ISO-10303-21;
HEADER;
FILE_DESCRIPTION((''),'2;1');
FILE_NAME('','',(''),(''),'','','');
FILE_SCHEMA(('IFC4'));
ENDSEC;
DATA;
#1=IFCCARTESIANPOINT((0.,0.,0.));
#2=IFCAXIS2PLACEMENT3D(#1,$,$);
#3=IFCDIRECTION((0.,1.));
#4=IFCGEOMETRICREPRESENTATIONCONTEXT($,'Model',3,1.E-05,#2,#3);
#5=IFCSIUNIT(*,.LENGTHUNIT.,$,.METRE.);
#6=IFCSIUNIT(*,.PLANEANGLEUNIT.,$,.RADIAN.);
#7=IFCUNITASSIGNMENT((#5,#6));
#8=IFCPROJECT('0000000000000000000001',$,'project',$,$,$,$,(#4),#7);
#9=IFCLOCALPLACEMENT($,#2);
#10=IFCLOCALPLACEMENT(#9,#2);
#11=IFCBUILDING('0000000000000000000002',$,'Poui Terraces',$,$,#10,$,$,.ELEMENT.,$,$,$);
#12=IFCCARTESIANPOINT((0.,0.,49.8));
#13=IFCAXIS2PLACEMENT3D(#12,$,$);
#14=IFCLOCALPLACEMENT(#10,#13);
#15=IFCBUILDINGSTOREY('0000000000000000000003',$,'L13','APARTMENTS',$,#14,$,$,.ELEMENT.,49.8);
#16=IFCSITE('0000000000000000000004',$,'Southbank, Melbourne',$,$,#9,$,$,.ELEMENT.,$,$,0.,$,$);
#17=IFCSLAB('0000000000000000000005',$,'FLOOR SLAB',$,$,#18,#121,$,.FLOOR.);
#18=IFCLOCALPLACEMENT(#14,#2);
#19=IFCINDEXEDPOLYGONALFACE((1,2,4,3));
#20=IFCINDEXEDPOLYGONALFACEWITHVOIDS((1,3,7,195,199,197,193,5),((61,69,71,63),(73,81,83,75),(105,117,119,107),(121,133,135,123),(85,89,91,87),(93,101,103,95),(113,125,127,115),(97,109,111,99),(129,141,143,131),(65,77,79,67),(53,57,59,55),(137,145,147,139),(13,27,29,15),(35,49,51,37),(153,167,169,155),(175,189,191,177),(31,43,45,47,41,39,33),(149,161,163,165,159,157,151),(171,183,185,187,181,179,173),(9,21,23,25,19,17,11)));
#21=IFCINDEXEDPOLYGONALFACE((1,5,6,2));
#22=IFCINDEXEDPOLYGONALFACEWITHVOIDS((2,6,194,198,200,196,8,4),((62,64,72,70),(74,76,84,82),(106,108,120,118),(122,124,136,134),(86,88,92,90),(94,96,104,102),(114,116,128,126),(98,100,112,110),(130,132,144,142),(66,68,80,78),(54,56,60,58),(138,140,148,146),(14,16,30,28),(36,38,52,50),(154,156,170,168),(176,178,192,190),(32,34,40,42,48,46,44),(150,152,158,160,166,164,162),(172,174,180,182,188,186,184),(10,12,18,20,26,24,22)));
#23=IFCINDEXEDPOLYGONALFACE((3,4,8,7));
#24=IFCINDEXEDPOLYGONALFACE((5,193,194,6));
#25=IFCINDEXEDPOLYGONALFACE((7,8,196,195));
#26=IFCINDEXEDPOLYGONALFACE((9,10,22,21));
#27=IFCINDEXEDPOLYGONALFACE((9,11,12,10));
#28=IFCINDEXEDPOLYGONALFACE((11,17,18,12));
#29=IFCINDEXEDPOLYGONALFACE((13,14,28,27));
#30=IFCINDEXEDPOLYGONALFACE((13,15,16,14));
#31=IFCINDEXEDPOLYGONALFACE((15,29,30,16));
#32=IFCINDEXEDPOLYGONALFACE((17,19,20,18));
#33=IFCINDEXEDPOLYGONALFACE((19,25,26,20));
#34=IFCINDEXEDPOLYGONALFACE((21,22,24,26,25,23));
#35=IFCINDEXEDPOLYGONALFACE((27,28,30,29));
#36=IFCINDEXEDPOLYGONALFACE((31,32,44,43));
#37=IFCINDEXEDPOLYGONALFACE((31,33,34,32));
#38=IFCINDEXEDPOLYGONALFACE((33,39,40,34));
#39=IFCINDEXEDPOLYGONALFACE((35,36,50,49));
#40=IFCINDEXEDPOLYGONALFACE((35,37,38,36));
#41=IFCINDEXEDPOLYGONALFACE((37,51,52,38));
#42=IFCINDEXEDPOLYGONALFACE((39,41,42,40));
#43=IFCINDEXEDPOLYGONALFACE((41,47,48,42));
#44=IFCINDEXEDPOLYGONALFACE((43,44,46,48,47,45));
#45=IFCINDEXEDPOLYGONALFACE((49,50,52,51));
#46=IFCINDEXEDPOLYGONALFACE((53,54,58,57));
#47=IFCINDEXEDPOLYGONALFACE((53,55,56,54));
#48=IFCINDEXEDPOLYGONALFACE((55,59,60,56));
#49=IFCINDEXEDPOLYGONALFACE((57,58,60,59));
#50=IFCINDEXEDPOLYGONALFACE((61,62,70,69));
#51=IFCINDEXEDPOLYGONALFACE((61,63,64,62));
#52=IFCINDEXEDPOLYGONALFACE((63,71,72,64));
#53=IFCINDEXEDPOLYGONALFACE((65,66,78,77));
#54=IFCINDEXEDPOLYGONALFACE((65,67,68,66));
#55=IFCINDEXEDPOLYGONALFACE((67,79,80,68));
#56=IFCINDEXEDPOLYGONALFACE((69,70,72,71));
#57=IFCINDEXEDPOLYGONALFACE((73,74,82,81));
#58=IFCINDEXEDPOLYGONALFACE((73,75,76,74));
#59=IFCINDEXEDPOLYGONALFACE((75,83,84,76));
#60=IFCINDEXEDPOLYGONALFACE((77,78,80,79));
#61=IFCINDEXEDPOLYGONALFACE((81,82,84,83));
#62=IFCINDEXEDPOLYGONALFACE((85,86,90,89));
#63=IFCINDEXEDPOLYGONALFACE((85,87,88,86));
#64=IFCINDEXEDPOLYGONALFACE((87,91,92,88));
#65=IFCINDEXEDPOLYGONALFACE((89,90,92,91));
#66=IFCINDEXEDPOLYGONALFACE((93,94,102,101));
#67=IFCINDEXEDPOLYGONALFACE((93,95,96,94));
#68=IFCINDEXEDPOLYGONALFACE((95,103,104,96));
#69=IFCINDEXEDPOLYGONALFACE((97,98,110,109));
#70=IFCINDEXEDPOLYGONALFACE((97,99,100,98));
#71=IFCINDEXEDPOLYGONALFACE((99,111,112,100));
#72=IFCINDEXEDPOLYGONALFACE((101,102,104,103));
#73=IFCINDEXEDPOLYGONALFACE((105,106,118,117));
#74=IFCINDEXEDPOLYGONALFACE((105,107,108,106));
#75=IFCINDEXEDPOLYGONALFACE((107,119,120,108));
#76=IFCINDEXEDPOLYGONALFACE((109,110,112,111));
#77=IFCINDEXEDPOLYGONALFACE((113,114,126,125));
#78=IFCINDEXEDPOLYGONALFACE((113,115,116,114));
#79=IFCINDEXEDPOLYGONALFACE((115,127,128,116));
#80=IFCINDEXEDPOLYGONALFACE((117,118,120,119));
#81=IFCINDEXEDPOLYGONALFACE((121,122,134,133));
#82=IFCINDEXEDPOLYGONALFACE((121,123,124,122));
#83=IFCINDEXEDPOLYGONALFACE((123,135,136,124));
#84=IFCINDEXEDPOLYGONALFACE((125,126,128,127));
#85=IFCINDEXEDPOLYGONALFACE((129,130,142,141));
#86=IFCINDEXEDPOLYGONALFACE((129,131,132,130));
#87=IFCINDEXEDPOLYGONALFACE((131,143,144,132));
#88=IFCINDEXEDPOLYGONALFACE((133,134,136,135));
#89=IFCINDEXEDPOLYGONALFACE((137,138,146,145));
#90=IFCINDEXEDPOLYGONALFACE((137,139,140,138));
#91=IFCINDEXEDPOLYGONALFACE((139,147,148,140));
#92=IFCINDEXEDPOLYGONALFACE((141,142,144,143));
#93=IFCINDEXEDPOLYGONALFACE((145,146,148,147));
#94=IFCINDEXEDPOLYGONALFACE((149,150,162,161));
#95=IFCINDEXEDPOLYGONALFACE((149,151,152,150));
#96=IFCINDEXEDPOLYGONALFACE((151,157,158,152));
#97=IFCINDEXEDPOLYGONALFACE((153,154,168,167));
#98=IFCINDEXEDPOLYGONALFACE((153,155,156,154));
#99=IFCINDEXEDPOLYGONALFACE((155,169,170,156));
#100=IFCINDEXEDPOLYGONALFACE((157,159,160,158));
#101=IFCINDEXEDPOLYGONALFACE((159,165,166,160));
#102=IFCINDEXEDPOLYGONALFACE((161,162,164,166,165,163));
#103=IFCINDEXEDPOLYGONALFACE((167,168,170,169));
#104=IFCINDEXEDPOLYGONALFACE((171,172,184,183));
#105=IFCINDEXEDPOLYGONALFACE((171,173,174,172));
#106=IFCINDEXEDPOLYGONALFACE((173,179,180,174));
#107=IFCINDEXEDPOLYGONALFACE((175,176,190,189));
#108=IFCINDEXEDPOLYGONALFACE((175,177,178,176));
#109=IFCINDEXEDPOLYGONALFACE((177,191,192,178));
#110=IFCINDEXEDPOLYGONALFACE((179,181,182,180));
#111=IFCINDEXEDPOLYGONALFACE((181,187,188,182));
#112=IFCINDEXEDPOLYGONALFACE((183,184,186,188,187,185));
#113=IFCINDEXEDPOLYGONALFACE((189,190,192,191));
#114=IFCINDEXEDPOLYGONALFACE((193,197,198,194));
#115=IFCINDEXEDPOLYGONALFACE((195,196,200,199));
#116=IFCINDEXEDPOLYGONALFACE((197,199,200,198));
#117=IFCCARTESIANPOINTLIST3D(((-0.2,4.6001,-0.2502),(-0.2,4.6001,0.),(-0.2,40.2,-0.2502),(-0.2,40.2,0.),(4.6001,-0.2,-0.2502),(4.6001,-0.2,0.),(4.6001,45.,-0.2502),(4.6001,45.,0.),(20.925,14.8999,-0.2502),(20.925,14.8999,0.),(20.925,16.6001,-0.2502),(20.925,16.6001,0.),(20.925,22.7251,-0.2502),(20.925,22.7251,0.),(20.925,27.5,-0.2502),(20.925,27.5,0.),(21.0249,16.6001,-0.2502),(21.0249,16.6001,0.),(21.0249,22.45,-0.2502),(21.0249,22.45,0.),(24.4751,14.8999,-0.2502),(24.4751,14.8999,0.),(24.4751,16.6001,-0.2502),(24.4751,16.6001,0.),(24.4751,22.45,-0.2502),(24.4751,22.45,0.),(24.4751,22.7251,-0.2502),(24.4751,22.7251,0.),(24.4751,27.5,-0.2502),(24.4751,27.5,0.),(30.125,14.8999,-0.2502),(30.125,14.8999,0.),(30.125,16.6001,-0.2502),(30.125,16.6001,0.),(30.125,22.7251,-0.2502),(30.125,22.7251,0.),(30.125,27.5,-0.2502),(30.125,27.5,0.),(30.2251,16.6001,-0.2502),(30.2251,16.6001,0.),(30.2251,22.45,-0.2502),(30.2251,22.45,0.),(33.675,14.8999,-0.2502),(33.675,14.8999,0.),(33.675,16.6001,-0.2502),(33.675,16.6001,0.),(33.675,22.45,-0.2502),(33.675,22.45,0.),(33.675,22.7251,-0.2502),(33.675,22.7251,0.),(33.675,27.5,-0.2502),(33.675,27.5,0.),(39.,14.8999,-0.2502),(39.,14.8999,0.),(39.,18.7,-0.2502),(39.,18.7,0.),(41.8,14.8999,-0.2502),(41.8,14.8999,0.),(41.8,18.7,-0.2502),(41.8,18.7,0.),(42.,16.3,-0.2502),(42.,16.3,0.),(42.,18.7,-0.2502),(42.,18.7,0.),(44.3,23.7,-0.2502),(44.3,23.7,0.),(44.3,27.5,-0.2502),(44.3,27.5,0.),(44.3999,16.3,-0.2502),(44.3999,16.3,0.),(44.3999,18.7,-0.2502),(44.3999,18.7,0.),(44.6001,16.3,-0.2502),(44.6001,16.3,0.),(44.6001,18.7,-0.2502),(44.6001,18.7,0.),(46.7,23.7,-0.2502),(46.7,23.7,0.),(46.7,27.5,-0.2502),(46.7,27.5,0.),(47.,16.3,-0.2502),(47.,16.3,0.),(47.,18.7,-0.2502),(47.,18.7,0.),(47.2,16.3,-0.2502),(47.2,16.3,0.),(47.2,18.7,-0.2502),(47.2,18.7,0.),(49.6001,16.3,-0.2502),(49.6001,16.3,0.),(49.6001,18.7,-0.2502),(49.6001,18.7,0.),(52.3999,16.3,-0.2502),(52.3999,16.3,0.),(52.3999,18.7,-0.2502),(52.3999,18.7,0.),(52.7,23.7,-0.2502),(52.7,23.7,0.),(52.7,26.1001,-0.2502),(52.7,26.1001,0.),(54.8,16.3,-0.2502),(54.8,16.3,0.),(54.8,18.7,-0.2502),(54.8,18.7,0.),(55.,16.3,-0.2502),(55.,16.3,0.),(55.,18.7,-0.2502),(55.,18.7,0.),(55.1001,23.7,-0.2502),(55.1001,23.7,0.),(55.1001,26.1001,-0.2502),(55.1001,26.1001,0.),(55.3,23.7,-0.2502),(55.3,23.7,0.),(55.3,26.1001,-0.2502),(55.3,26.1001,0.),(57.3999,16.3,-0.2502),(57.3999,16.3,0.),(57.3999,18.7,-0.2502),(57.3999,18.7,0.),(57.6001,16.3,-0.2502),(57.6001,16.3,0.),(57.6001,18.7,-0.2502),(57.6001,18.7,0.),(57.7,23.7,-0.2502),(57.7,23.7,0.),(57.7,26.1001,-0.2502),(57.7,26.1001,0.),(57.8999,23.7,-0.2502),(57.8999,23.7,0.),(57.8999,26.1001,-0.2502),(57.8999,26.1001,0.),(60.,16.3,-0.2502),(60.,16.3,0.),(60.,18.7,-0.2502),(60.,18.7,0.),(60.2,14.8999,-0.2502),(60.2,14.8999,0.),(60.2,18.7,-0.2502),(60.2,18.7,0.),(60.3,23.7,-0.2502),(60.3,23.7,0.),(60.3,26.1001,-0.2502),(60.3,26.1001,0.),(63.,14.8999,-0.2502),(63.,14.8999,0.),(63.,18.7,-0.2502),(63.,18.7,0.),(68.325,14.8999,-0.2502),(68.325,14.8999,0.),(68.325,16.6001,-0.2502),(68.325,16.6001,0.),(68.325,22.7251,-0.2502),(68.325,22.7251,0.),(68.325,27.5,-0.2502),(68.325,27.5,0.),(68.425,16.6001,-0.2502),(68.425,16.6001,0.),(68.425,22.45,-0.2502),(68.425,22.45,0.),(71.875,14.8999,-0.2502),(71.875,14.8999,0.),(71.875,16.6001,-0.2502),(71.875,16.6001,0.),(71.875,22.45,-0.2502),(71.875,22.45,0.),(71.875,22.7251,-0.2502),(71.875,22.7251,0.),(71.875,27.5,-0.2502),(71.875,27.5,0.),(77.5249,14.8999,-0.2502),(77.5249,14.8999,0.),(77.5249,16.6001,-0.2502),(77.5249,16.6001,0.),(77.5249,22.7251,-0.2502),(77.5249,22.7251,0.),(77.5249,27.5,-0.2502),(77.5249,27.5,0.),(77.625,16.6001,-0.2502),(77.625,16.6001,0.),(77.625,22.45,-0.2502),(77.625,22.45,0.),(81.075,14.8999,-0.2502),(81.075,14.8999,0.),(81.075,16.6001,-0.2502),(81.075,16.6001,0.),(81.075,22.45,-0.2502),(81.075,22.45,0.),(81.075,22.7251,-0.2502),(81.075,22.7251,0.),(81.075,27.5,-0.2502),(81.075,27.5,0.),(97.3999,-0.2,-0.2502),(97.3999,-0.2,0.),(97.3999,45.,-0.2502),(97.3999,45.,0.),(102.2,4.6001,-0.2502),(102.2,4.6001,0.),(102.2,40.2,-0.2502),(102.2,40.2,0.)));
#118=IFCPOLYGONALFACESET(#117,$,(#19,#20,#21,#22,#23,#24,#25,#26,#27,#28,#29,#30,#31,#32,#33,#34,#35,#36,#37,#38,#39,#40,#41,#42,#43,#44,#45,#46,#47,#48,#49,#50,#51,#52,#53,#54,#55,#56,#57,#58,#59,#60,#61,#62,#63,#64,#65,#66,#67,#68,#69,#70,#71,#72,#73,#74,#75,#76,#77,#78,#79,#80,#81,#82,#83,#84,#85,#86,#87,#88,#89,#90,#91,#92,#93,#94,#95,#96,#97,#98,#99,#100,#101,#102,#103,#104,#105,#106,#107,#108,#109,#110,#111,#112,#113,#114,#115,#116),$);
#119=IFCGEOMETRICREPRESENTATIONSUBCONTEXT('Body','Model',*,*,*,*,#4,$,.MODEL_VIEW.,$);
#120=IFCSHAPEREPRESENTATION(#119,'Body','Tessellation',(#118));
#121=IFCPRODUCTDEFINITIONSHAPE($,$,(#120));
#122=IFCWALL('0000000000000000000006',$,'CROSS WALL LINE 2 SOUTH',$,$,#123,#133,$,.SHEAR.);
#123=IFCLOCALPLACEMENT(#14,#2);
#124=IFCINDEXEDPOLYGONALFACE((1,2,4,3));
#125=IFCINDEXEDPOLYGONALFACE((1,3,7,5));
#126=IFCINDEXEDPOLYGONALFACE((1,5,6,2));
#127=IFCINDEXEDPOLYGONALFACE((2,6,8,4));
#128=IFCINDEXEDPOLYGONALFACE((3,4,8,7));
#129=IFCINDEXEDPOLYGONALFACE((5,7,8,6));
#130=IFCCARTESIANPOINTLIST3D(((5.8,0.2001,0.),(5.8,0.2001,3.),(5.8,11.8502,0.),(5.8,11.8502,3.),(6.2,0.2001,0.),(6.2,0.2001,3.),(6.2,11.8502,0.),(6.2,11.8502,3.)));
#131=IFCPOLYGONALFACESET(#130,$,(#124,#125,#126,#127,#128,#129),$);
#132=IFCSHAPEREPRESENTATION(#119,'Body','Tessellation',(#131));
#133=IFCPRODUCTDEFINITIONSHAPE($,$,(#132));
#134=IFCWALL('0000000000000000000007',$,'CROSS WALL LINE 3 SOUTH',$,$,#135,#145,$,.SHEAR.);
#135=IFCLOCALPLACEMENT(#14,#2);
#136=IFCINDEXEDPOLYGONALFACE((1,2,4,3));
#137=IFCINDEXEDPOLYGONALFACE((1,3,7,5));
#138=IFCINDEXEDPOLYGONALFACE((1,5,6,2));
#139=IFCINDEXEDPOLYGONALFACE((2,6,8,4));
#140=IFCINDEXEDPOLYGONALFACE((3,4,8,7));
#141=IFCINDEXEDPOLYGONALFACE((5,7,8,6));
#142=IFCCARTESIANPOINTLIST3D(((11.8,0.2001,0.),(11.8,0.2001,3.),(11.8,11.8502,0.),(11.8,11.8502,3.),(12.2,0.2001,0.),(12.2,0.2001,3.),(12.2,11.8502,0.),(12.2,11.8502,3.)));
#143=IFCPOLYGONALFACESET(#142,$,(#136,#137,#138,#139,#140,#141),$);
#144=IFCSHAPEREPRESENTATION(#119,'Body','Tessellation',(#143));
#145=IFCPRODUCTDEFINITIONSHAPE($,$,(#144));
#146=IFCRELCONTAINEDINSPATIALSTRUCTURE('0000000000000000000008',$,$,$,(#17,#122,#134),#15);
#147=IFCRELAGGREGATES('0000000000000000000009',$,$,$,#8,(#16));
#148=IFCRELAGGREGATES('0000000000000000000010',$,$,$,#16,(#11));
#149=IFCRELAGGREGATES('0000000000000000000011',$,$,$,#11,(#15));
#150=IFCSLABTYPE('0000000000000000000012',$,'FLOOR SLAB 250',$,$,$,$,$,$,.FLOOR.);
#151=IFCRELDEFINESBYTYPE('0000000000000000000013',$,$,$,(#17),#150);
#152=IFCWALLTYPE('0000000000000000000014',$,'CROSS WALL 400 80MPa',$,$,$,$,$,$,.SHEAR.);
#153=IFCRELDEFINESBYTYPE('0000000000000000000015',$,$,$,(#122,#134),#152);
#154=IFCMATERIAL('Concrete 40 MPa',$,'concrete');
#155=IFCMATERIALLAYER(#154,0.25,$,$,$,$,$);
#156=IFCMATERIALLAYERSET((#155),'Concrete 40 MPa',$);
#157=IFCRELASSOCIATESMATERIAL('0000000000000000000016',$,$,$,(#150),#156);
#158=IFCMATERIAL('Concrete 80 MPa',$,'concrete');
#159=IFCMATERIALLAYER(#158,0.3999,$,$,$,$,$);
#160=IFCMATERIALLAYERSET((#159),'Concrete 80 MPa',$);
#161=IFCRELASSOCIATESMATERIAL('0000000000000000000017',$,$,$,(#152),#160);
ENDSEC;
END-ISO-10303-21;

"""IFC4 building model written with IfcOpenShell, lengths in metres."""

from ifc_helpers import new_model, si_unit, direction, frame, frame_2d, origin, place, context, subcontext, project, spatial, polyline, rectangle, outline, extrude, source, transform, mapped, material, layer, layer_set, type_object, element, save


model = new_model("IFC4")

# Units and contexts
model_context = context("Model", 3, precision=1e-05, world=origin(), true_north=direction((0.0, 1.0)))
body_context = subcontext(model_context, "Body", "Model", "MODEL_VIEW")
ifc_project = project(units=[si_unit("LENGTHUNIT", "METRE"), si_unit("PLANEANGLEUNIT", "RADIAN")], contexts=[model_context])

# Site, building, storey
site_placement = place(None, origin())
site = spatial("IfcSite", under=ifc_project, at=site_placement, Name="Southbank, Melbourne", CompositionType="ELEMENT", RefElevation=0.0)
building_placement = place(site_placement, origin())
building = spatial("IfcBuilding", under=site, at=building_placement, Name="Poui Terraces", CompositionType="ELEMENT")
storey_placement = place(building_placement, frame((0.0, 0.0, 49.8)))
storey = spatial("IfcBuildingStorey", under=building, at=storey_placement, Name="L13", Description="APARTMENTS", CompositionType="ELEMENT", Elevation=49.8)

# Shared definitions
ifc_material_1 = material(Name="Concrete 80 MPa", Category="concrete")

# Slab
ifc_material_2 = material(Name="Concrete 40 MPa", Category="concrete")
ifc_layer_1 = layer(ifc_material_2, 0.25)
ifc_layer_set_1 = layer_set([ifc_layer_1], Name="Concrete 40 MPa")
slab_type_1 = type_object("IfcSlabType", Name="FLOOR SLAB 250", PredefinedType="FLOOR", material=ifc_layer_set_1)
shared_shape = source(origin(), body_context, "Body", "SweptSolid", [
    extrude(outline(polyline([(0.0, 0.0), (4.8, -4.8), (97.5999, -4.8), (102.3999, 0.0), (102.3999, 35.5999), (97.5999, 40.3999), (4.8, 40.3999), (0.0, 35.5999), (0.0, 0.0)]), holes=[polyline([(39.2, 10.2998), (39.2, 14.0999), (42.0, 14.0999), (42.0, 10.2998), (39.2, 10.2998)]), polyline([(42.2, 11.7), (42.2, 14.0999), (44.5999, 14.0999), (44.5999, 11.7), (42.2, 11.7)]), polyline([(44.8, 11.7), (44.8, 14.0999), (47.2, 14.0999), (47.2, 11.7), (44.8, 11.7)]), polyline([(47.3999, 14.0999), (49.8, 14.0999), (49.8, 11.7), (47.3999, 11.7), (47.3999, 14.0999)]), polyline([(52.5999, 14.0999), (55.0, 14.0999), (55.0, 11.7), (52.5999, 11.7), (52.5999, 14.0999)]), polyline([(21.2249, 17.8499), (24.675, 17.8499), (24.675, 12.0), (24.675, 10.2998), (21.125, 10.2998), (21.125, 12.0), (21.2249, 12.0), (21.2249, 17.8499)]), polyline([(30.425, 17.8499), (33.875, 17.8499), (33.875, 12.0), (33.875, 10.2998), (30.325, 10.2998), (30.325, 12.0), (30.425, 12.0), (30.425, 17.8499)]), polyline([(21.125, 18.125), (21.125, 22.8999), (24.675, 22.8999), (24.675, 18.125), (21.125, 18.125)]), polyline([(30.325, 22.8999), (33.875, 22.8999), (33.875, 18.125), (30.325, 18.125), (30.325, 22.8999)]), polyline([(44.5, 22.8999), (46.8999, 22.8999), (46.8999, 19.0999), (44.5, 19.0999), (44.5, 22.8999)]), polyline([(60.3999, 10.2998), (60.3999, 14.0999), (63.2, 14.0999), (63.2, 10.2998), (60.3999, 10.2998)]), polyline([(55.2, 11.7), (55.2, 14.0999), (57.5999, 14.0999), (57.5999, 11.7), (55.2, 11.7)]), polyline([(57.8, 11.7), (57.8, 14.0999), (60.2, 14.0999), (60.2, 11.7), (57.8, 11.7)]), polyline([(72.075, 17.8499), (72.075, 12.0), (72.075, 10.2998), (68.5249, 10.2998), (68.5249, 12.0), (68.625, 12.0), (68.625, 17.8499), (72.075, 17.8499)]), polyline([(81.2749, 17.8499), (81.2749, 12.0), (81.2749, 10.2998), (77.7249, 10.2998), (77.7249, 12.0), (77.825, 12.0), (77.825, 17.8499), (81.2749, 17.8499)]), polyline([(52.8999, 19.0999), (52.8999, 21.5), (55.3, 21.5), (55.3, 19.0999), (52.8999, 19.0999)]), polyline([(55.5, 19.0999), (55.5, 21.5), (57.8999, 21.5), (57.8999, 19.0999), (55.5, 19.0999)]), polyline([(58.0999, 19.0999), (58.0999, 21.5), (60.5, 21.5), (60.5, 19.0999), (58.0999, 19.0999)]), polyline([(68.5249, 22.8999), (72.075, 22.8999), (72.075, 18.125), (68.5249, 18.125), (68.5249, 22.8999)]), polyline([(77.7249, 22.8999), (81.2749, 22.8999), (81.2749, 18.125), (77.7249, 18.125), (77.7249, 22.8999)])]), origin(), (0.0, 0.0, 1.0), 0.2502),
])
slab_1_placement = place(storey_placement, frame((-0.2, 4.6001, -0.2502)))
element("IfcSlab", 1, at=slab_1_placement, inside=storey, type_object=slab_type_1, Name="FLOOR SLAB", PredefinedType="FLOOR", context=body_context, shape_type="MappedRepresentation", body=[
    mapped(shared_shape, transform((0.0, 0.0, 0.0))),
])

# Walls
ifc_layer_2 = layer(ifc_material_1, 0.3999)
ifc_layer_set_2 = layer_set([ifc_layer_2], Name="Concrete 80 MPa")
wall_type_1 = type_object("IfcWallType", Name="CROSS WALL 400 80MPa", PredefinedType="SHEAR", material=ifc_layer_set_2)
for number, where, z_axis, x_axis, name in (
    (2, (6.0, 0.2, 0.0), (0.0, 0.0, 1.0), (0.0, 1.0, 0.0), "CROSS WALL LINE 2 SOUTH"),
    (3, (12.0, 0.2, 0.0), (0.0, 0.0, 1.0), (0.0, 1.0, 0.0), "CROSS WALL LINE 3 SOUTH"),
):
    element("IfcWall", number, at=place(storey_placement, frame(where, z_axis=z_axis, x_axis=x_axis)), inside=storey, type_object=wall_type_1, Name=name, PredefinedType="SHEAR", context=body_context, shape_type="SweptSolid", body=[
        extrude(rectangle(XDim=11.6501, YDim=0.3999, at=frame_2d((5.8252, 0.0))), origin(), (0.0, 0.0, 1.0), 3.0),
    ])

save(model, "model.ifc")
